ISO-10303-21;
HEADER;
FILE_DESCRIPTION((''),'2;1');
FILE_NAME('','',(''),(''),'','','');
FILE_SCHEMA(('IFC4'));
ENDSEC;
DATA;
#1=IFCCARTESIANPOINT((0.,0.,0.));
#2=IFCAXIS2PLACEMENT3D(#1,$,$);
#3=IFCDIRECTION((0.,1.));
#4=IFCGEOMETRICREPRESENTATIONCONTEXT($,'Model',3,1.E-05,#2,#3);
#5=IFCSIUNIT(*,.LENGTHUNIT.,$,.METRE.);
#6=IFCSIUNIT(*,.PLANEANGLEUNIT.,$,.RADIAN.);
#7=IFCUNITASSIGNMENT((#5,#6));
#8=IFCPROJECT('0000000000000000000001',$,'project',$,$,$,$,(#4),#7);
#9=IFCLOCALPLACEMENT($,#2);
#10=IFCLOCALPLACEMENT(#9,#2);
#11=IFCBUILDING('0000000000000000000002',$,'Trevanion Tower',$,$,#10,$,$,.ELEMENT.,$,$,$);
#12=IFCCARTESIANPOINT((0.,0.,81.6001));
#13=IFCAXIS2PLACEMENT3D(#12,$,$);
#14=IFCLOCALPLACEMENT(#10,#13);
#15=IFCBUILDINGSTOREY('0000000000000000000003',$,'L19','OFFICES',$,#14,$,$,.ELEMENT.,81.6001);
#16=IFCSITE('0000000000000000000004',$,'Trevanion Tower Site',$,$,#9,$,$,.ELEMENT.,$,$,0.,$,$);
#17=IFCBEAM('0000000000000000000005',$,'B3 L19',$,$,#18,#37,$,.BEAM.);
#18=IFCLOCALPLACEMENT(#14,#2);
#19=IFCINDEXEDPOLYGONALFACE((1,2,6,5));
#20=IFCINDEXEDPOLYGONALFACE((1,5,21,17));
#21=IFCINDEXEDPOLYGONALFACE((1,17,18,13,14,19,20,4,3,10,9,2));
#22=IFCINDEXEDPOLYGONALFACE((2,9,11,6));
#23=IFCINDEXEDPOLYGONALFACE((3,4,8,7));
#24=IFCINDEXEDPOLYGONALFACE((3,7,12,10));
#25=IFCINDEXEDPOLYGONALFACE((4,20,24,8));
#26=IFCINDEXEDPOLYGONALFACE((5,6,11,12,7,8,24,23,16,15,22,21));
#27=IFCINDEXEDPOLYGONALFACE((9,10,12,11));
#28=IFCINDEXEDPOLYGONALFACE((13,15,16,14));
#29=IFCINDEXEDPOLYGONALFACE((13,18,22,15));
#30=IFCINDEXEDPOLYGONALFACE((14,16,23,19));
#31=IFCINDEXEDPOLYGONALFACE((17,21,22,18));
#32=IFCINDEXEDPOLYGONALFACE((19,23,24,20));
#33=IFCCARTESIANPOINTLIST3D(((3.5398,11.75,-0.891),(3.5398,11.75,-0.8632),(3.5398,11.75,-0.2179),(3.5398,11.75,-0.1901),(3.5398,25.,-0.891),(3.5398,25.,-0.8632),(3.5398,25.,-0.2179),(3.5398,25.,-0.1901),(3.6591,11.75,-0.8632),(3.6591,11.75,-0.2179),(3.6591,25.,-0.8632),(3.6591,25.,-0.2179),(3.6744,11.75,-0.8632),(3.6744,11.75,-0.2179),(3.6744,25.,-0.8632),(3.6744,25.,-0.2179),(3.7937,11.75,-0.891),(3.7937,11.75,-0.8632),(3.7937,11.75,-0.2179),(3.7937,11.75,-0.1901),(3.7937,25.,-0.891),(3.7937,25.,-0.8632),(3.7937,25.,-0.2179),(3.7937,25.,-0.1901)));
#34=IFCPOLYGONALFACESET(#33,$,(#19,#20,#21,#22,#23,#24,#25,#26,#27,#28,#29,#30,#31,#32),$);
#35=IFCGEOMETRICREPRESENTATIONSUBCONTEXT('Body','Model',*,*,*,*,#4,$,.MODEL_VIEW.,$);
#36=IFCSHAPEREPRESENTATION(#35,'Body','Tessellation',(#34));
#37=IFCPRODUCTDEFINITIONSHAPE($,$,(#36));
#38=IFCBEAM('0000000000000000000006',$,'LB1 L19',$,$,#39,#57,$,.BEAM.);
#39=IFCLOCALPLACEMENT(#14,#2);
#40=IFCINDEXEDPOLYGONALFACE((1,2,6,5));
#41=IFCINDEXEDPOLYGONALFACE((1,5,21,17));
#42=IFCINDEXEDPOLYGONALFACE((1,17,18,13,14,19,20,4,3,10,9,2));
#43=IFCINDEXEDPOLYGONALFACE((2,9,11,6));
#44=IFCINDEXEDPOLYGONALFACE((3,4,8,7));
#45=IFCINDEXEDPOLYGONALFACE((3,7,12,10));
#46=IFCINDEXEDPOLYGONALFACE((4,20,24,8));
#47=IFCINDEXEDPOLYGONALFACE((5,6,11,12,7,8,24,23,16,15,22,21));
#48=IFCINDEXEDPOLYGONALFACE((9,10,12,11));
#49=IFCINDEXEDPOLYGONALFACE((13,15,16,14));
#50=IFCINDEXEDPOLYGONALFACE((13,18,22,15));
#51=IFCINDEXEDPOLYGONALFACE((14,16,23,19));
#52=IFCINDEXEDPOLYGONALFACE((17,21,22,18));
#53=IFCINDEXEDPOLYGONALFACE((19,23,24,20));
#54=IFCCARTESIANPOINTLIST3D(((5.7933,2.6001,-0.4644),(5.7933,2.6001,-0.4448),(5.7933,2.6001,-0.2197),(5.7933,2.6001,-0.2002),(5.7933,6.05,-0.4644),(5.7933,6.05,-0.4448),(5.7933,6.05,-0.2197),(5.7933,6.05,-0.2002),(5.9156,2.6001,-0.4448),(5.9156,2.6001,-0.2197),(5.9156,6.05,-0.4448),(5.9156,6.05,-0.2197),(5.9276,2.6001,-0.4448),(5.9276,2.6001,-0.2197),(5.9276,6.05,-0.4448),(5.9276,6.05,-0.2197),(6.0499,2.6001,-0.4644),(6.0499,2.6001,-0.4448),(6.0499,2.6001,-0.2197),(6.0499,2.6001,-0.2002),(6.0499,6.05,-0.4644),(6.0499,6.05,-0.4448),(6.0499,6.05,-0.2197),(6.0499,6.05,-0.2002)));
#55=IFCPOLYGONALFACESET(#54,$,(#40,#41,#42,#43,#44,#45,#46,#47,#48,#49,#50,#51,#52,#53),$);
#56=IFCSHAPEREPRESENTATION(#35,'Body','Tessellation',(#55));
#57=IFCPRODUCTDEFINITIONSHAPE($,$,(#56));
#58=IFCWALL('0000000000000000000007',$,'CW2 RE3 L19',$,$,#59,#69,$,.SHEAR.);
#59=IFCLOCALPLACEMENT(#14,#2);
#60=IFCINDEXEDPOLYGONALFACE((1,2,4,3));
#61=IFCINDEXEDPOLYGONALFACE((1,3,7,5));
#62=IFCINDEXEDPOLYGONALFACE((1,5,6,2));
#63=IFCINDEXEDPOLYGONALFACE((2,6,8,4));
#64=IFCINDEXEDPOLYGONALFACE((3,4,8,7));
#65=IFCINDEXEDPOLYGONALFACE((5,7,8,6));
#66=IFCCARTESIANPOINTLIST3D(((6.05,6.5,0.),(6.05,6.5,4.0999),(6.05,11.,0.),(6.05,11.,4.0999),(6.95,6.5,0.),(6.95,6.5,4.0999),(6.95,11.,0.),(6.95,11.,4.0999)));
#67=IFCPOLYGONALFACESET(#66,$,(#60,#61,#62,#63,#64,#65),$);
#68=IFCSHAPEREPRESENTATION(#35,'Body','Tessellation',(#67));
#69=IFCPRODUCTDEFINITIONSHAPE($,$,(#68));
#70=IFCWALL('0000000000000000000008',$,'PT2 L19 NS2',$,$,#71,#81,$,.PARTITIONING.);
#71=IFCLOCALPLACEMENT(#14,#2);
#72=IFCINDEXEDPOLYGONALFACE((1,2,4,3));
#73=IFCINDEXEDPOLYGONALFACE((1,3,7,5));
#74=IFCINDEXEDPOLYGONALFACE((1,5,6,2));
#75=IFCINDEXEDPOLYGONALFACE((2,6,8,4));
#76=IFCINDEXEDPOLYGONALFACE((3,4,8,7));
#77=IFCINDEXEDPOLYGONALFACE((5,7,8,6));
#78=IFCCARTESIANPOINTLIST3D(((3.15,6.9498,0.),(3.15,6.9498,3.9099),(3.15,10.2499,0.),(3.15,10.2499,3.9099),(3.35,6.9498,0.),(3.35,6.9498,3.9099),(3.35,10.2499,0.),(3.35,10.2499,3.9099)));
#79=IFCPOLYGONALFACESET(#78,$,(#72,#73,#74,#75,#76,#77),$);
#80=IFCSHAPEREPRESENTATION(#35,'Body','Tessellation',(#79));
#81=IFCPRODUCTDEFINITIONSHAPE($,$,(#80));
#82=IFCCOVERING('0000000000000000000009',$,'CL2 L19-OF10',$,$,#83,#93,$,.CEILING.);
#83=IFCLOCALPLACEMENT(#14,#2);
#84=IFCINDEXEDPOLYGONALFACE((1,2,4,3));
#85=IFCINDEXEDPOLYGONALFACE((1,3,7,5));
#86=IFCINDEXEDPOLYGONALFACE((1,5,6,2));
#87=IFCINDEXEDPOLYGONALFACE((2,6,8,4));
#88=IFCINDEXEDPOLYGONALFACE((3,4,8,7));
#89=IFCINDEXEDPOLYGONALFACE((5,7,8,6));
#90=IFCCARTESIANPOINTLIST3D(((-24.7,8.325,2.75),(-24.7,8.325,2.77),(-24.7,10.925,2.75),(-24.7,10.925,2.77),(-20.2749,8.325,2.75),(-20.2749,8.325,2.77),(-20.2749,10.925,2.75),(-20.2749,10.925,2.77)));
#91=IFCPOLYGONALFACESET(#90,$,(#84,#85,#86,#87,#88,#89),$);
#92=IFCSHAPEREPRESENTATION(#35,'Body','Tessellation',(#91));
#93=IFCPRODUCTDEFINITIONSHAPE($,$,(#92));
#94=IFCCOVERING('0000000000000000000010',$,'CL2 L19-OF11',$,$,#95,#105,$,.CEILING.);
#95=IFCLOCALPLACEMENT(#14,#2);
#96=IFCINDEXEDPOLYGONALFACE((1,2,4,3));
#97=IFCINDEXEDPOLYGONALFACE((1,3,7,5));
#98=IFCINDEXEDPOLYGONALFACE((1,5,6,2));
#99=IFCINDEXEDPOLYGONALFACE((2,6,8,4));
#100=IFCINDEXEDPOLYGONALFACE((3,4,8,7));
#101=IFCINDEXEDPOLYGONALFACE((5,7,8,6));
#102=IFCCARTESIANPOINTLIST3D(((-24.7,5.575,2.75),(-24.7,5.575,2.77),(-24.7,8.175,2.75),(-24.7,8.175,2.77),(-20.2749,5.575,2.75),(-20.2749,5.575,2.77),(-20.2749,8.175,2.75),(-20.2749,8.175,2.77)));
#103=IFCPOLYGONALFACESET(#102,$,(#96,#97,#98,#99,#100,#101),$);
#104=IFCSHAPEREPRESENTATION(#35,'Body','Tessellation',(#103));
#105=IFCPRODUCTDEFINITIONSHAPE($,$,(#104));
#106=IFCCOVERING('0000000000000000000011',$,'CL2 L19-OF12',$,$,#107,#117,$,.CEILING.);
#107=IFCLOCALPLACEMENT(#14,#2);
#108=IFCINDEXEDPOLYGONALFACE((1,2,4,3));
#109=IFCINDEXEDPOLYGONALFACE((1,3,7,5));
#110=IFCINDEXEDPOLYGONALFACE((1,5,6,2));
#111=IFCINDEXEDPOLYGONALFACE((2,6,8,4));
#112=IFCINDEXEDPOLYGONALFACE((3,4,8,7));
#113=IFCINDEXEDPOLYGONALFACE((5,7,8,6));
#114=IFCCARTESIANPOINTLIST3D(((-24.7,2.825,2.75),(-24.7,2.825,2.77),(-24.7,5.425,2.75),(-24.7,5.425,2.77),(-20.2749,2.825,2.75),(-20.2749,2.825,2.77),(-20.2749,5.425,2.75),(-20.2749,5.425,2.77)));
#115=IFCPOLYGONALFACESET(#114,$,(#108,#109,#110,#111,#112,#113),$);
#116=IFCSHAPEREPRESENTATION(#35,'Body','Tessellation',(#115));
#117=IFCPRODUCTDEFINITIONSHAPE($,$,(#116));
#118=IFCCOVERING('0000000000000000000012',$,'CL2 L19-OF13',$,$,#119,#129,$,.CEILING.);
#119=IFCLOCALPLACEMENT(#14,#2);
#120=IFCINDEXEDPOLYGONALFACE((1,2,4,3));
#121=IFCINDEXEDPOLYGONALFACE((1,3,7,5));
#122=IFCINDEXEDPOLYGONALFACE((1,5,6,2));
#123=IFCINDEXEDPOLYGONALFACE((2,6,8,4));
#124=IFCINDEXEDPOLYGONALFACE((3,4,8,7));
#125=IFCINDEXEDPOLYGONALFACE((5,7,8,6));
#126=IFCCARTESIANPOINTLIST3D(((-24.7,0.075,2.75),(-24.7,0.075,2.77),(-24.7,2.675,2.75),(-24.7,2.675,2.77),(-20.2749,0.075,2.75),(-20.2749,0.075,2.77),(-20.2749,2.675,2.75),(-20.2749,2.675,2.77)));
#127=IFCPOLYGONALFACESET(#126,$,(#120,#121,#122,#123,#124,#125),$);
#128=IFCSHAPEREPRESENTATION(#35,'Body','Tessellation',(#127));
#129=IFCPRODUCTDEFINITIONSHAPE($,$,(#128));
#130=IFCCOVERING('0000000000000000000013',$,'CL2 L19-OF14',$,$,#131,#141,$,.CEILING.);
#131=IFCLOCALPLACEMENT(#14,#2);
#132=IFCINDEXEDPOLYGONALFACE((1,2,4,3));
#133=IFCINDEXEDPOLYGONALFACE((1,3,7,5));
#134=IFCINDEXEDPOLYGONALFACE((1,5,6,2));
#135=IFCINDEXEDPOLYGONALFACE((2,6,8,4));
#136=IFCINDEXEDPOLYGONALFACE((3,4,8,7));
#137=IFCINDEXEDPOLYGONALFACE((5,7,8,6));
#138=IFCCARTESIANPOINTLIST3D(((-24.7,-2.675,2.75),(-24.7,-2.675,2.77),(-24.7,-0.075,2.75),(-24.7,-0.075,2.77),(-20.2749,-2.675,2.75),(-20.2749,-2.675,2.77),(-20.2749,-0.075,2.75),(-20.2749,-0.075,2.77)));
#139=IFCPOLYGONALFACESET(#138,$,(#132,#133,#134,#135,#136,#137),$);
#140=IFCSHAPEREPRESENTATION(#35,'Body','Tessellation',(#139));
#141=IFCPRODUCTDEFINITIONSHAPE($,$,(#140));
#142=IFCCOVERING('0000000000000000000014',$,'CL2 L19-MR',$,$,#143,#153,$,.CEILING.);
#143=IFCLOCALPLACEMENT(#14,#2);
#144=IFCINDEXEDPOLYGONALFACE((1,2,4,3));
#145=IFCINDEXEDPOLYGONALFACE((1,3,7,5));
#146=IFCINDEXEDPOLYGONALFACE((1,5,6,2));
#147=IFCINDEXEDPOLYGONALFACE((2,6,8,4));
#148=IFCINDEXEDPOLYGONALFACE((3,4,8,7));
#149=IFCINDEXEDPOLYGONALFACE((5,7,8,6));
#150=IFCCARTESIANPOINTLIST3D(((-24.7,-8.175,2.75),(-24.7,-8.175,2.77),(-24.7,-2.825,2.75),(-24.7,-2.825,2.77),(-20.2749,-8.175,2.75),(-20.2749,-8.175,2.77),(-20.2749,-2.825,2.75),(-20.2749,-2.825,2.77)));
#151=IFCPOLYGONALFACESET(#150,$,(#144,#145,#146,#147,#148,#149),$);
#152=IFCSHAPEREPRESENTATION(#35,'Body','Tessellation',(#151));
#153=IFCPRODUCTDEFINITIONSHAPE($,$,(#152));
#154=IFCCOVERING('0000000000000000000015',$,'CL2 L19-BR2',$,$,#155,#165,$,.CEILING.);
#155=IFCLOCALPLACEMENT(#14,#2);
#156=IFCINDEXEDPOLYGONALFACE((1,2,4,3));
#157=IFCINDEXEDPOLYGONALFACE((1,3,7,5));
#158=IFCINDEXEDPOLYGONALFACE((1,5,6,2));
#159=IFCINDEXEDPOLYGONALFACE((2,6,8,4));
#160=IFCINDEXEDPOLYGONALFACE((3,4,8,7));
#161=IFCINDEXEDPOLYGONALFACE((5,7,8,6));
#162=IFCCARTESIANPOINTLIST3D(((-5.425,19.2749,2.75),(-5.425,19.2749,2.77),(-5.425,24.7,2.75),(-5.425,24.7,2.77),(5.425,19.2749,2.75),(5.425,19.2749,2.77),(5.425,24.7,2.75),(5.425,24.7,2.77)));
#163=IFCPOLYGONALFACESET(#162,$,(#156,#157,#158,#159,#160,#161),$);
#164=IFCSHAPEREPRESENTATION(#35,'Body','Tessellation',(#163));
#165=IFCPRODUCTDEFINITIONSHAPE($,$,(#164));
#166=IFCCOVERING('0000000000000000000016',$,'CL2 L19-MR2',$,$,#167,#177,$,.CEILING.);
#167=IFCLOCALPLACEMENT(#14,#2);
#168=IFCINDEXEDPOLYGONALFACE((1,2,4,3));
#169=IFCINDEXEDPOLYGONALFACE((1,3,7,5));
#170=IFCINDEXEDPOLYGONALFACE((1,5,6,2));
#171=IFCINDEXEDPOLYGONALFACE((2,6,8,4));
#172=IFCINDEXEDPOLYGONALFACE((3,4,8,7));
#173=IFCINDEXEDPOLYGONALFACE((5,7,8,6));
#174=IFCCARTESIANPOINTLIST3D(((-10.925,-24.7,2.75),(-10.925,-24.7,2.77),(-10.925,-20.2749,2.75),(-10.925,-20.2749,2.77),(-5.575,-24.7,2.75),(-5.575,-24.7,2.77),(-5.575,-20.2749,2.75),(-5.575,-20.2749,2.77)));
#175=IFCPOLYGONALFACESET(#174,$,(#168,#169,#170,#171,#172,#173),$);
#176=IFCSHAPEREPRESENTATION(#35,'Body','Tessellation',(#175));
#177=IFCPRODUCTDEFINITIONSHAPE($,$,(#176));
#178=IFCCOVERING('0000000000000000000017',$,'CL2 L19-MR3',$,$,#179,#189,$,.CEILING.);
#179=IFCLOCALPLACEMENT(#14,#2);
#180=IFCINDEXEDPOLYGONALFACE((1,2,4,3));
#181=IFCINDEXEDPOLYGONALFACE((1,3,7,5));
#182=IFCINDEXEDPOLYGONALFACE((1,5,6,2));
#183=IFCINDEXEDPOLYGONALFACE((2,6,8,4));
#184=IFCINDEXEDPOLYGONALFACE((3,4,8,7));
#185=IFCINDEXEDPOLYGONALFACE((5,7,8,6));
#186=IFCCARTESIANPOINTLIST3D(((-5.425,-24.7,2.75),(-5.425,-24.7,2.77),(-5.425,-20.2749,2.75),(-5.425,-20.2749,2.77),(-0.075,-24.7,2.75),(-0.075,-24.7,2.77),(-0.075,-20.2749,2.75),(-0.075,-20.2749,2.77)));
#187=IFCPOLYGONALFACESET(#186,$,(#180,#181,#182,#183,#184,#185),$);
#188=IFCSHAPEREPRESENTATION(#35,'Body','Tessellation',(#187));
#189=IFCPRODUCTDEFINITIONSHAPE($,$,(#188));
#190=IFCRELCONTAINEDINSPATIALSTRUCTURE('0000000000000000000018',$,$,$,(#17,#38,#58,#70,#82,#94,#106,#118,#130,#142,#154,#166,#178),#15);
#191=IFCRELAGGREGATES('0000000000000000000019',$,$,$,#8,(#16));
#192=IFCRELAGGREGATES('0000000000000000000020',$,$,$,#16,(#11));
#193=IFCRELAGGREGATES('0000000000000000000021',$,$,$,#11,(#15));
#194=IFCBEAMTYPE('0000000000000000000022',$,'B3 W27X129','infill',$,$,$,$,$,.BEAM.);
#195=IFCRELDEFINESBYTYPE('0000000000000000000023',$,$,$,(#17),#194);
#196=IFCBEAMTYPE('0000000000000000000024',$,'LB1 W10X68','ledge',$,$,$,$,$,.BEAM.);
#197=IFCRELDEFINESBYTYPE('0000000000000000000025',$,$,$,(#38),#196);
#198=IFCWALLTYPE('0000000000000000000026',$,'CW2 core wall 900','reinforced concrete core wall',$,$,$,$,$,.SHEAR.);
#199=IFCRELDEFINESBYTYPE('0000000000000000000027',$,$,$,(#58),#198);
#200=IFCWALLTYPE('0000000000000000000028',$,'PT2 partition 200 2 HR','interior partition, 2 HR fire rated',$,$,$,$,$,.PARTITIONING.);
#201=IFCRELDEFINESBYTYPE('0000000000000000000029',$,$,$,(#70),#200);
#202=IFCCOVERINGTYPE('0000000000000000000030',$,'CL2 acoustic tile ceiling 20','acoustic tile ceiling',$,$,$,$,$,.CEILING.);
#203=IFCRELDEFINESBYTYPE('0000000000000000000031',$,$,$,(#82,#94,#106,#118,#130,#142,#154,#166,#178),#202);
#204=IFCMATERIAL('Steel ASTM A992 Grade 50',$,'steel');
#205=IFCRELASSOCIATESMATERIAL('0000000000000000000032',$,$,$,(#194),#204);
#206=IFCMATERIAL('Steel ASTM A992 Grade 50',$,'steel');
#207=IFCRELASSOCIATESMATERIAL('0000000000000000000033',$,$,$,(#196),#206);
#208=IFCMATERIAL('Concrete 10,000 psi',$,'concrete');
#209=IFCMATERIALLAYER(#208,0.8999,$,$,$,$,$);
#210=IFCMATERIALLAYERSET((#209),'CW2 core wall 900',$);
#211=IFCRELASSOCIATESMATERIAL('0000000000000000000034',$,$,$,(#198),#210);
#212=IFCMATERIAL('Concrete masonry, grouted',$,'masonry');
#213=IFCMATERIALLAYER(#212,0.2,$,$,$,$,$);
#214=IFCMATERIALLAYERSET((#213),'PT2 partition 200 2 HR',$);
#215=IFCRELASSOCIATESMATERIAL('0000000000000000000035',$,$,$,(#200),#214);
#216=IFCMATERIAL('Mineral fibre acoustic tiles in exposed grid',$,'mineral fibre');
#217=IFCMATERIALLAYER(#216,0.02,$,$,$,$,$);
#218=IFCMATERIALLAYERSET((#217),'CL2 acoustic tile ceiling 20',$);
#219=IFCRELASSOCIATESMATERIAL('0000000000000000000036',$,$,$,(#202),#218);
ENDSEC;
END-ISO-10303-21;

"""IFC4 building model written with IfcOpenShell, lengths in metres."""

from ifc_helpers import new_model, si_unit, direction, frame, frame_2d, origin, origin_2d, place, context, subcontext, project, spatial, polyline, rectangle, i_section, outline, extrude, material, layer, layer_set, material_profile, profile_set, type_object, element, save


model = new_model("IFC4")

# Units and contexts
model_context = context("Model", 3, precision=1e-05, world=origin(), true_north=direction((0.0, 1.0)))
body_context = subcontext(model_context, "Body", "Model", "MODEL_VIEW")
ifc_project = project(units=[si_unit("LENGTHUNIT", "METRE"), si_unit("PLANEANGLEUNIT", "RADIAN")], contexts=[model_context])

# Site, building, storey
site_placement = place(None, origin())
site = spatial("IfcSite", under=ifc_project, at=site_placement, Name="Trevanion Tower Site", CompositionType="ELEMENT", RefElevation=0.0)
building_placement = place(site_placement, origin())
building = spatial("IfcBuilding", under=site, at=building_placement, Name="Trevanion Tower", CompositionType="ELEMENT")
storey_placement = place(building_placement, frame((0.0, 0.0, 81.6001)))
storey = spatial("IfcBuildingStorey", under=building, at=storey_placement, Name="L19", Description="OFFICES", CompositionType="ELEMENT", Elevation=81.6001)

# Beams
ifc_material_1 = material(Name="Steel ASTM A992 Grade 50", Category="steel")
ifc_material_profile_1 = material_profile(ifc_material_1, i_section(OverallWidth=0.2539, OverallDepth=0.7009, WebThickness=0.0154, FlangeThickness=0.0278, at=origin_2d()), Name="W27X129")
ifc_profile_set_1 = profile_set([ifc_material_profile_1], Name="Steel ASTM A992 Grade 50")
beam_type_1 = type_object("IfcBeamType", Name="B3 W27X129", Description="infill", PredefinedType="BEAM", material=ifc_profile_set_1)
beam_1_placement = place(storey_placement, frame((3.6667, 11.75, -0.5405), z_axis=(0.0, 1.0, 0.0), x_axis=(-1.0, 0.0, 0.0)))
element("IfcBeam", 1, at=beam_1_placement, inside=storey, type_object=beam_type_1, Name="B3 L19", PredefinedType="BEAM", context=body_context, shape_type="SweptSolid", body=[
    extrude(i_section(OverallWidth=0.2539, OverallDepth=0.7009, WebThickness=0.0154, FlangeThickness=0.0278, at=origin_2d()), origin(), (0.0, 0.0, 1.0), 13.25),
])
ifc_material_2 = material(Name="Steel ASTM A992 Grade 50", Category="steel")
ifc_material_profile_2 = material_profile(ifc_material_2, i_section(OverallWidth=0.2566, OverallDepth=0.2642, WebThickness=0.012, FlangeThickness=0.0195, at=origin_2d()), Name="W10X68")
ifc_profile_set_2 = profile_set([ifc_material_profile_2], Name="Steel ASTM A992 Grade 50")
beam_type_2 = type_object("IfcBeamType", Name="LB1 W10X68", Description="ledge", PredefinedType="BEAM", material=ifc_profile_set_2)
beam_2_placement = place(storey_placement, frame((5.9216, 2.6001, -0.3323), z_axis=(0.0, 1.0, 0.0), x_axis=(-1.0, 0.0, 0.0)))
element("IfcBeam", 2, at=beam_2_placement, inside=storey, type_object=beam_type_2, Name="LB1 L19", PredefinedType="BEAM", context=body_context, shape_type="SweptSolid", body=[
    extrude(i_section(OverallWidth=0.2566, OverallDepth=0.2642, WebThickness=0.012, FlangeThickness=0.0195, at=origin_2d()), origin(), (0.0, 0.0, 1.0), 3.45),
])

# Walls
ifc_material_3 = material(Name="Concrete 10,000 psi", Category="concrete")
ifc_layer_1 = layer(ifc_material_3, 0.8999)
ifc_layer_set_1 = layer_set([ifc_layer_1], Name="CW2 core wall 900")
wall_type_1 = type_object("IfcWallType", Name="CW2 core wall 900", Description="reinforced concrete core wall", PredefinedType="SHEAR", material=ifc_layer_set_1)
wall_1_placement = place(storey_placement, frame((6.5, 6.5, 0.0), z_axis=(0.0, 0.0, 1.0), x_axis=(0.0, 1.0, 0.0)))
element("IfcWall", 3, at=wall_1_placement, inside=storey, type_object=wall_type_1, Name="CW2 RE3 L19", PredefinedType="SHEAR", context=body_context, shape_type="SweptSolid", body=[
    extrude(rectangle(XDim=4.5, YDim=0.8999, at=frame_2d((2.25, 0.0))), origin(), (0.0, 0.0, 1.0), 4.0999),
])
ifc_material_4 = material(Name="Concrete masonry, grouted", Category="masonry")
ifc_layer_2 = layer(ifc_material_4, 0.2)
ifc_layer_set_2 = layer_set([ifc_layer_2], Name="PT2 partition 200 2 HR")
wall_type_2 = type_object("IfcWallType", Name="PT2 partition 200 2 HR", Description="interior partition, 2 HR fire rated", PredefinedType="PARTITIONING", material=ifc_layer_set_2)
wall_2_placement = place(storey_placement, frame((3.25, 6.95, 0.0), z_axis=(0.0, 0.0, 1.0), x_axis=(0.0, 1.0, 0.0)))
element("IfcWall", 4, at=wall_2_placement, inside=storey, type_object=wall_type_2, Name="PT2 L19 NS2", PredefinedType="PARTITIONING", context=body_context, shape_type="SweptSolid", body=[
    extrude(rectangle(XDim=3.3, YDim=0.2, at=frame_2d((1.6499, 0.0))), origin(), (0.0, 0.0, 1.0), 3.9099),
])

# Coverings
ifc_material_5 = material(Name="Mineral fibre acoustic tiles in exposed grid", Category="mineral fibre")
ifc_layer_3 = layer(ifc_material_5, 0.02)
ifc_layer_set_3 = layer_set([ifc_layer_3], Name="CL2 acoustic tile ceiling 20")
covering_type_1 = type_object("IfcCoveringType", Name="CL2 acoustic tile ceiling 20", Description="acoustic tile ceiling", PredefinedType="CEILING", material=ifc_layer_set_3)
covering_1_placement = place(storey_placement, frame((0.0, 0.0, 2.75)))
element("IfcCovering", 5, at=covering_1_placement, inside=storey, type_object=covering_type_1, Name="CL2 L19-OF10", PredefinedType="CEILING", context=body_context, shape_type="SweptSolid", body=[
    extrude(outline(polyline([(-20.2749, 10.925), (-20.2749, 8.325), (-24.7, 8.325), (-24.7, 10.925), (-20.2749, 10.925)])), origin(), (0.0, 0.0, 1.0), 0.02),
])
covering_2_placement = place(storey_placement, frame((0.0, 0.0, 2.75)))
element("IfcCovering", 6, at=covering_2_placement, inside=storey, type_object=covering_type_1, Name="CL2 L19-OF11", PredefinedType="CEILING", context=body_context, shape_type="SweptSolid", body=[
    extrude(outline(polyline([(-20.2749, 8.175), (-20.2749, 5.575), (-24.7, 5.575), (-24.7, 8.175), (-20.2749, 8.175)])), origin(), (0.0, 0.0, 1.0), 0.02),
])
covering_3_placement = place(storey_placement, frame((0.0, 0.0, 2.75)))
element("IfcCovering", 7, at=covering_3_placement, inside=storey, type_object=covering_type_1, Name="CL2 L19-OF12", PredefinedType="CEILING", context=body_context, shape_type="SweptSolid", body=[
    extrude(outline(polyline([(-20.2749, 5.425), (-20.2749, 2.825), (-24.7, 2.825), (-24.7, 5.425), (-20.2749, 5.425)])), origin(), (0.0, 0.0, 1.0), 0.02),
])
covering_4_placement = place(storey_placement, frame((0.0, 0.0, 2.75)))
element("IfcCovering", 8, at=covering_4_placement, inside=storey, type_object=covering_type_1, Name="CL2 L19-OF13", PredefinedType="CEILING", context=body_context, shape_type="SweptSolid", body=[
    extrude(outline(polyline([(-20.2749, 2.675), (-20.2749, 0.075), (-24.7, 0.075), (-24.7, 2.675), (-20.2749, 2.675)])), origin(), (0.0, 0.0, 1.0), 0.02),
])
covering_5_placement = place(storey_placement, frame((0.0, 0.0, 2.75)))
element("IfcCovering", 9, at=covering_5_placement, inside=storey, type_object=covering_type_1, Name="CL2 L19-OF14", PredefinedType="CEILING", context=body_context, shape_type="SweptSolid", body=[
    extrude(outline(polyline([(-20.2749, -0.075), (-20.2749, -2.675), (-24.7, -2.675), (-24.7, -0.075), (-20.2749, -0.075)])), origin(), (0.0, 0.0, 1.0), 0.02),
])
covering_6_placement = place(storey_placement, frame((0.0, 0.0, 2.75)))
element("IfcCovering", 10, at=covering_6_placement, inside=storey, type_object=covering_type_1, Name="CL2 L19-MR", PredefinedType="CEILING", context=body_context, shape_type="SweptSolid", body=[
    extrude(outline(polyline([(-20.2749, -2.825), (-20.2749, -8.175), (-24.7, -8.175), (-24.7, -2.825), (-20.2749, -2.825)])), origin(), (0.0, 0.0, 1.0), 0.02),
])
covering_7_placement = place(storey_placement, frame((0.0, 0.0, 2.75)))
element("IfcCovering", 11, at=covering_7_placement, inside=storey, type_object=covering_type_1, Name="CL2 L19-BR2", PredefinedType="CEILING", context=body_context, shape_type="SweptSolid", body=[
    extrude(outline(polyline([(5.425, 19.2749), (-5.425, 19.2749), (-5.425, 24.7), (5.425, 24.7), (5.425, 19.2749)])), origin(), (0.0, 0.0, 1.0), 0.02),
])
covering_8_placement = place(storey_placement, frame((0.0, 0.0, 2.75)))
element("IfcCovering", 12, at=covering_8_placement, inside=storey, type_object=covering_type_1, Name="CL2 L19-MR2", PredefinedType="CEILING", context=body_context, shape_type="SweptSolid", body=[
    extrude(outline(polyline([(-10.925, -20.2749), (-5.575, -20.2749), (-5.575, -24.7), (-10.925, -24.7), (-10.925, -20.2749)])), origin(), (0.0, 0.0, 1.0), 0.02),
])
covering_9_placement = place(storey_placement, frame((0.0, 0.0, 2.75)))
element("IfcCovering", 13, at=covering_9_placement, inside=storey, type_object=covering_type_1, Name="CL2 L19-MR3", PredefinedType="CEILING", context=body_context, shape_type="SweptSolid", body=[
    extrude(outline(polyline([(-5.425, -20.2749), (-0.075, -20.2749), (-0.075, -24.7), (-5.425, -24.7), (-5.425, -20.2749)])), origin(), (0.0, 0.0, 1.0), 0.02),
])

save(model, "model.ifc")
